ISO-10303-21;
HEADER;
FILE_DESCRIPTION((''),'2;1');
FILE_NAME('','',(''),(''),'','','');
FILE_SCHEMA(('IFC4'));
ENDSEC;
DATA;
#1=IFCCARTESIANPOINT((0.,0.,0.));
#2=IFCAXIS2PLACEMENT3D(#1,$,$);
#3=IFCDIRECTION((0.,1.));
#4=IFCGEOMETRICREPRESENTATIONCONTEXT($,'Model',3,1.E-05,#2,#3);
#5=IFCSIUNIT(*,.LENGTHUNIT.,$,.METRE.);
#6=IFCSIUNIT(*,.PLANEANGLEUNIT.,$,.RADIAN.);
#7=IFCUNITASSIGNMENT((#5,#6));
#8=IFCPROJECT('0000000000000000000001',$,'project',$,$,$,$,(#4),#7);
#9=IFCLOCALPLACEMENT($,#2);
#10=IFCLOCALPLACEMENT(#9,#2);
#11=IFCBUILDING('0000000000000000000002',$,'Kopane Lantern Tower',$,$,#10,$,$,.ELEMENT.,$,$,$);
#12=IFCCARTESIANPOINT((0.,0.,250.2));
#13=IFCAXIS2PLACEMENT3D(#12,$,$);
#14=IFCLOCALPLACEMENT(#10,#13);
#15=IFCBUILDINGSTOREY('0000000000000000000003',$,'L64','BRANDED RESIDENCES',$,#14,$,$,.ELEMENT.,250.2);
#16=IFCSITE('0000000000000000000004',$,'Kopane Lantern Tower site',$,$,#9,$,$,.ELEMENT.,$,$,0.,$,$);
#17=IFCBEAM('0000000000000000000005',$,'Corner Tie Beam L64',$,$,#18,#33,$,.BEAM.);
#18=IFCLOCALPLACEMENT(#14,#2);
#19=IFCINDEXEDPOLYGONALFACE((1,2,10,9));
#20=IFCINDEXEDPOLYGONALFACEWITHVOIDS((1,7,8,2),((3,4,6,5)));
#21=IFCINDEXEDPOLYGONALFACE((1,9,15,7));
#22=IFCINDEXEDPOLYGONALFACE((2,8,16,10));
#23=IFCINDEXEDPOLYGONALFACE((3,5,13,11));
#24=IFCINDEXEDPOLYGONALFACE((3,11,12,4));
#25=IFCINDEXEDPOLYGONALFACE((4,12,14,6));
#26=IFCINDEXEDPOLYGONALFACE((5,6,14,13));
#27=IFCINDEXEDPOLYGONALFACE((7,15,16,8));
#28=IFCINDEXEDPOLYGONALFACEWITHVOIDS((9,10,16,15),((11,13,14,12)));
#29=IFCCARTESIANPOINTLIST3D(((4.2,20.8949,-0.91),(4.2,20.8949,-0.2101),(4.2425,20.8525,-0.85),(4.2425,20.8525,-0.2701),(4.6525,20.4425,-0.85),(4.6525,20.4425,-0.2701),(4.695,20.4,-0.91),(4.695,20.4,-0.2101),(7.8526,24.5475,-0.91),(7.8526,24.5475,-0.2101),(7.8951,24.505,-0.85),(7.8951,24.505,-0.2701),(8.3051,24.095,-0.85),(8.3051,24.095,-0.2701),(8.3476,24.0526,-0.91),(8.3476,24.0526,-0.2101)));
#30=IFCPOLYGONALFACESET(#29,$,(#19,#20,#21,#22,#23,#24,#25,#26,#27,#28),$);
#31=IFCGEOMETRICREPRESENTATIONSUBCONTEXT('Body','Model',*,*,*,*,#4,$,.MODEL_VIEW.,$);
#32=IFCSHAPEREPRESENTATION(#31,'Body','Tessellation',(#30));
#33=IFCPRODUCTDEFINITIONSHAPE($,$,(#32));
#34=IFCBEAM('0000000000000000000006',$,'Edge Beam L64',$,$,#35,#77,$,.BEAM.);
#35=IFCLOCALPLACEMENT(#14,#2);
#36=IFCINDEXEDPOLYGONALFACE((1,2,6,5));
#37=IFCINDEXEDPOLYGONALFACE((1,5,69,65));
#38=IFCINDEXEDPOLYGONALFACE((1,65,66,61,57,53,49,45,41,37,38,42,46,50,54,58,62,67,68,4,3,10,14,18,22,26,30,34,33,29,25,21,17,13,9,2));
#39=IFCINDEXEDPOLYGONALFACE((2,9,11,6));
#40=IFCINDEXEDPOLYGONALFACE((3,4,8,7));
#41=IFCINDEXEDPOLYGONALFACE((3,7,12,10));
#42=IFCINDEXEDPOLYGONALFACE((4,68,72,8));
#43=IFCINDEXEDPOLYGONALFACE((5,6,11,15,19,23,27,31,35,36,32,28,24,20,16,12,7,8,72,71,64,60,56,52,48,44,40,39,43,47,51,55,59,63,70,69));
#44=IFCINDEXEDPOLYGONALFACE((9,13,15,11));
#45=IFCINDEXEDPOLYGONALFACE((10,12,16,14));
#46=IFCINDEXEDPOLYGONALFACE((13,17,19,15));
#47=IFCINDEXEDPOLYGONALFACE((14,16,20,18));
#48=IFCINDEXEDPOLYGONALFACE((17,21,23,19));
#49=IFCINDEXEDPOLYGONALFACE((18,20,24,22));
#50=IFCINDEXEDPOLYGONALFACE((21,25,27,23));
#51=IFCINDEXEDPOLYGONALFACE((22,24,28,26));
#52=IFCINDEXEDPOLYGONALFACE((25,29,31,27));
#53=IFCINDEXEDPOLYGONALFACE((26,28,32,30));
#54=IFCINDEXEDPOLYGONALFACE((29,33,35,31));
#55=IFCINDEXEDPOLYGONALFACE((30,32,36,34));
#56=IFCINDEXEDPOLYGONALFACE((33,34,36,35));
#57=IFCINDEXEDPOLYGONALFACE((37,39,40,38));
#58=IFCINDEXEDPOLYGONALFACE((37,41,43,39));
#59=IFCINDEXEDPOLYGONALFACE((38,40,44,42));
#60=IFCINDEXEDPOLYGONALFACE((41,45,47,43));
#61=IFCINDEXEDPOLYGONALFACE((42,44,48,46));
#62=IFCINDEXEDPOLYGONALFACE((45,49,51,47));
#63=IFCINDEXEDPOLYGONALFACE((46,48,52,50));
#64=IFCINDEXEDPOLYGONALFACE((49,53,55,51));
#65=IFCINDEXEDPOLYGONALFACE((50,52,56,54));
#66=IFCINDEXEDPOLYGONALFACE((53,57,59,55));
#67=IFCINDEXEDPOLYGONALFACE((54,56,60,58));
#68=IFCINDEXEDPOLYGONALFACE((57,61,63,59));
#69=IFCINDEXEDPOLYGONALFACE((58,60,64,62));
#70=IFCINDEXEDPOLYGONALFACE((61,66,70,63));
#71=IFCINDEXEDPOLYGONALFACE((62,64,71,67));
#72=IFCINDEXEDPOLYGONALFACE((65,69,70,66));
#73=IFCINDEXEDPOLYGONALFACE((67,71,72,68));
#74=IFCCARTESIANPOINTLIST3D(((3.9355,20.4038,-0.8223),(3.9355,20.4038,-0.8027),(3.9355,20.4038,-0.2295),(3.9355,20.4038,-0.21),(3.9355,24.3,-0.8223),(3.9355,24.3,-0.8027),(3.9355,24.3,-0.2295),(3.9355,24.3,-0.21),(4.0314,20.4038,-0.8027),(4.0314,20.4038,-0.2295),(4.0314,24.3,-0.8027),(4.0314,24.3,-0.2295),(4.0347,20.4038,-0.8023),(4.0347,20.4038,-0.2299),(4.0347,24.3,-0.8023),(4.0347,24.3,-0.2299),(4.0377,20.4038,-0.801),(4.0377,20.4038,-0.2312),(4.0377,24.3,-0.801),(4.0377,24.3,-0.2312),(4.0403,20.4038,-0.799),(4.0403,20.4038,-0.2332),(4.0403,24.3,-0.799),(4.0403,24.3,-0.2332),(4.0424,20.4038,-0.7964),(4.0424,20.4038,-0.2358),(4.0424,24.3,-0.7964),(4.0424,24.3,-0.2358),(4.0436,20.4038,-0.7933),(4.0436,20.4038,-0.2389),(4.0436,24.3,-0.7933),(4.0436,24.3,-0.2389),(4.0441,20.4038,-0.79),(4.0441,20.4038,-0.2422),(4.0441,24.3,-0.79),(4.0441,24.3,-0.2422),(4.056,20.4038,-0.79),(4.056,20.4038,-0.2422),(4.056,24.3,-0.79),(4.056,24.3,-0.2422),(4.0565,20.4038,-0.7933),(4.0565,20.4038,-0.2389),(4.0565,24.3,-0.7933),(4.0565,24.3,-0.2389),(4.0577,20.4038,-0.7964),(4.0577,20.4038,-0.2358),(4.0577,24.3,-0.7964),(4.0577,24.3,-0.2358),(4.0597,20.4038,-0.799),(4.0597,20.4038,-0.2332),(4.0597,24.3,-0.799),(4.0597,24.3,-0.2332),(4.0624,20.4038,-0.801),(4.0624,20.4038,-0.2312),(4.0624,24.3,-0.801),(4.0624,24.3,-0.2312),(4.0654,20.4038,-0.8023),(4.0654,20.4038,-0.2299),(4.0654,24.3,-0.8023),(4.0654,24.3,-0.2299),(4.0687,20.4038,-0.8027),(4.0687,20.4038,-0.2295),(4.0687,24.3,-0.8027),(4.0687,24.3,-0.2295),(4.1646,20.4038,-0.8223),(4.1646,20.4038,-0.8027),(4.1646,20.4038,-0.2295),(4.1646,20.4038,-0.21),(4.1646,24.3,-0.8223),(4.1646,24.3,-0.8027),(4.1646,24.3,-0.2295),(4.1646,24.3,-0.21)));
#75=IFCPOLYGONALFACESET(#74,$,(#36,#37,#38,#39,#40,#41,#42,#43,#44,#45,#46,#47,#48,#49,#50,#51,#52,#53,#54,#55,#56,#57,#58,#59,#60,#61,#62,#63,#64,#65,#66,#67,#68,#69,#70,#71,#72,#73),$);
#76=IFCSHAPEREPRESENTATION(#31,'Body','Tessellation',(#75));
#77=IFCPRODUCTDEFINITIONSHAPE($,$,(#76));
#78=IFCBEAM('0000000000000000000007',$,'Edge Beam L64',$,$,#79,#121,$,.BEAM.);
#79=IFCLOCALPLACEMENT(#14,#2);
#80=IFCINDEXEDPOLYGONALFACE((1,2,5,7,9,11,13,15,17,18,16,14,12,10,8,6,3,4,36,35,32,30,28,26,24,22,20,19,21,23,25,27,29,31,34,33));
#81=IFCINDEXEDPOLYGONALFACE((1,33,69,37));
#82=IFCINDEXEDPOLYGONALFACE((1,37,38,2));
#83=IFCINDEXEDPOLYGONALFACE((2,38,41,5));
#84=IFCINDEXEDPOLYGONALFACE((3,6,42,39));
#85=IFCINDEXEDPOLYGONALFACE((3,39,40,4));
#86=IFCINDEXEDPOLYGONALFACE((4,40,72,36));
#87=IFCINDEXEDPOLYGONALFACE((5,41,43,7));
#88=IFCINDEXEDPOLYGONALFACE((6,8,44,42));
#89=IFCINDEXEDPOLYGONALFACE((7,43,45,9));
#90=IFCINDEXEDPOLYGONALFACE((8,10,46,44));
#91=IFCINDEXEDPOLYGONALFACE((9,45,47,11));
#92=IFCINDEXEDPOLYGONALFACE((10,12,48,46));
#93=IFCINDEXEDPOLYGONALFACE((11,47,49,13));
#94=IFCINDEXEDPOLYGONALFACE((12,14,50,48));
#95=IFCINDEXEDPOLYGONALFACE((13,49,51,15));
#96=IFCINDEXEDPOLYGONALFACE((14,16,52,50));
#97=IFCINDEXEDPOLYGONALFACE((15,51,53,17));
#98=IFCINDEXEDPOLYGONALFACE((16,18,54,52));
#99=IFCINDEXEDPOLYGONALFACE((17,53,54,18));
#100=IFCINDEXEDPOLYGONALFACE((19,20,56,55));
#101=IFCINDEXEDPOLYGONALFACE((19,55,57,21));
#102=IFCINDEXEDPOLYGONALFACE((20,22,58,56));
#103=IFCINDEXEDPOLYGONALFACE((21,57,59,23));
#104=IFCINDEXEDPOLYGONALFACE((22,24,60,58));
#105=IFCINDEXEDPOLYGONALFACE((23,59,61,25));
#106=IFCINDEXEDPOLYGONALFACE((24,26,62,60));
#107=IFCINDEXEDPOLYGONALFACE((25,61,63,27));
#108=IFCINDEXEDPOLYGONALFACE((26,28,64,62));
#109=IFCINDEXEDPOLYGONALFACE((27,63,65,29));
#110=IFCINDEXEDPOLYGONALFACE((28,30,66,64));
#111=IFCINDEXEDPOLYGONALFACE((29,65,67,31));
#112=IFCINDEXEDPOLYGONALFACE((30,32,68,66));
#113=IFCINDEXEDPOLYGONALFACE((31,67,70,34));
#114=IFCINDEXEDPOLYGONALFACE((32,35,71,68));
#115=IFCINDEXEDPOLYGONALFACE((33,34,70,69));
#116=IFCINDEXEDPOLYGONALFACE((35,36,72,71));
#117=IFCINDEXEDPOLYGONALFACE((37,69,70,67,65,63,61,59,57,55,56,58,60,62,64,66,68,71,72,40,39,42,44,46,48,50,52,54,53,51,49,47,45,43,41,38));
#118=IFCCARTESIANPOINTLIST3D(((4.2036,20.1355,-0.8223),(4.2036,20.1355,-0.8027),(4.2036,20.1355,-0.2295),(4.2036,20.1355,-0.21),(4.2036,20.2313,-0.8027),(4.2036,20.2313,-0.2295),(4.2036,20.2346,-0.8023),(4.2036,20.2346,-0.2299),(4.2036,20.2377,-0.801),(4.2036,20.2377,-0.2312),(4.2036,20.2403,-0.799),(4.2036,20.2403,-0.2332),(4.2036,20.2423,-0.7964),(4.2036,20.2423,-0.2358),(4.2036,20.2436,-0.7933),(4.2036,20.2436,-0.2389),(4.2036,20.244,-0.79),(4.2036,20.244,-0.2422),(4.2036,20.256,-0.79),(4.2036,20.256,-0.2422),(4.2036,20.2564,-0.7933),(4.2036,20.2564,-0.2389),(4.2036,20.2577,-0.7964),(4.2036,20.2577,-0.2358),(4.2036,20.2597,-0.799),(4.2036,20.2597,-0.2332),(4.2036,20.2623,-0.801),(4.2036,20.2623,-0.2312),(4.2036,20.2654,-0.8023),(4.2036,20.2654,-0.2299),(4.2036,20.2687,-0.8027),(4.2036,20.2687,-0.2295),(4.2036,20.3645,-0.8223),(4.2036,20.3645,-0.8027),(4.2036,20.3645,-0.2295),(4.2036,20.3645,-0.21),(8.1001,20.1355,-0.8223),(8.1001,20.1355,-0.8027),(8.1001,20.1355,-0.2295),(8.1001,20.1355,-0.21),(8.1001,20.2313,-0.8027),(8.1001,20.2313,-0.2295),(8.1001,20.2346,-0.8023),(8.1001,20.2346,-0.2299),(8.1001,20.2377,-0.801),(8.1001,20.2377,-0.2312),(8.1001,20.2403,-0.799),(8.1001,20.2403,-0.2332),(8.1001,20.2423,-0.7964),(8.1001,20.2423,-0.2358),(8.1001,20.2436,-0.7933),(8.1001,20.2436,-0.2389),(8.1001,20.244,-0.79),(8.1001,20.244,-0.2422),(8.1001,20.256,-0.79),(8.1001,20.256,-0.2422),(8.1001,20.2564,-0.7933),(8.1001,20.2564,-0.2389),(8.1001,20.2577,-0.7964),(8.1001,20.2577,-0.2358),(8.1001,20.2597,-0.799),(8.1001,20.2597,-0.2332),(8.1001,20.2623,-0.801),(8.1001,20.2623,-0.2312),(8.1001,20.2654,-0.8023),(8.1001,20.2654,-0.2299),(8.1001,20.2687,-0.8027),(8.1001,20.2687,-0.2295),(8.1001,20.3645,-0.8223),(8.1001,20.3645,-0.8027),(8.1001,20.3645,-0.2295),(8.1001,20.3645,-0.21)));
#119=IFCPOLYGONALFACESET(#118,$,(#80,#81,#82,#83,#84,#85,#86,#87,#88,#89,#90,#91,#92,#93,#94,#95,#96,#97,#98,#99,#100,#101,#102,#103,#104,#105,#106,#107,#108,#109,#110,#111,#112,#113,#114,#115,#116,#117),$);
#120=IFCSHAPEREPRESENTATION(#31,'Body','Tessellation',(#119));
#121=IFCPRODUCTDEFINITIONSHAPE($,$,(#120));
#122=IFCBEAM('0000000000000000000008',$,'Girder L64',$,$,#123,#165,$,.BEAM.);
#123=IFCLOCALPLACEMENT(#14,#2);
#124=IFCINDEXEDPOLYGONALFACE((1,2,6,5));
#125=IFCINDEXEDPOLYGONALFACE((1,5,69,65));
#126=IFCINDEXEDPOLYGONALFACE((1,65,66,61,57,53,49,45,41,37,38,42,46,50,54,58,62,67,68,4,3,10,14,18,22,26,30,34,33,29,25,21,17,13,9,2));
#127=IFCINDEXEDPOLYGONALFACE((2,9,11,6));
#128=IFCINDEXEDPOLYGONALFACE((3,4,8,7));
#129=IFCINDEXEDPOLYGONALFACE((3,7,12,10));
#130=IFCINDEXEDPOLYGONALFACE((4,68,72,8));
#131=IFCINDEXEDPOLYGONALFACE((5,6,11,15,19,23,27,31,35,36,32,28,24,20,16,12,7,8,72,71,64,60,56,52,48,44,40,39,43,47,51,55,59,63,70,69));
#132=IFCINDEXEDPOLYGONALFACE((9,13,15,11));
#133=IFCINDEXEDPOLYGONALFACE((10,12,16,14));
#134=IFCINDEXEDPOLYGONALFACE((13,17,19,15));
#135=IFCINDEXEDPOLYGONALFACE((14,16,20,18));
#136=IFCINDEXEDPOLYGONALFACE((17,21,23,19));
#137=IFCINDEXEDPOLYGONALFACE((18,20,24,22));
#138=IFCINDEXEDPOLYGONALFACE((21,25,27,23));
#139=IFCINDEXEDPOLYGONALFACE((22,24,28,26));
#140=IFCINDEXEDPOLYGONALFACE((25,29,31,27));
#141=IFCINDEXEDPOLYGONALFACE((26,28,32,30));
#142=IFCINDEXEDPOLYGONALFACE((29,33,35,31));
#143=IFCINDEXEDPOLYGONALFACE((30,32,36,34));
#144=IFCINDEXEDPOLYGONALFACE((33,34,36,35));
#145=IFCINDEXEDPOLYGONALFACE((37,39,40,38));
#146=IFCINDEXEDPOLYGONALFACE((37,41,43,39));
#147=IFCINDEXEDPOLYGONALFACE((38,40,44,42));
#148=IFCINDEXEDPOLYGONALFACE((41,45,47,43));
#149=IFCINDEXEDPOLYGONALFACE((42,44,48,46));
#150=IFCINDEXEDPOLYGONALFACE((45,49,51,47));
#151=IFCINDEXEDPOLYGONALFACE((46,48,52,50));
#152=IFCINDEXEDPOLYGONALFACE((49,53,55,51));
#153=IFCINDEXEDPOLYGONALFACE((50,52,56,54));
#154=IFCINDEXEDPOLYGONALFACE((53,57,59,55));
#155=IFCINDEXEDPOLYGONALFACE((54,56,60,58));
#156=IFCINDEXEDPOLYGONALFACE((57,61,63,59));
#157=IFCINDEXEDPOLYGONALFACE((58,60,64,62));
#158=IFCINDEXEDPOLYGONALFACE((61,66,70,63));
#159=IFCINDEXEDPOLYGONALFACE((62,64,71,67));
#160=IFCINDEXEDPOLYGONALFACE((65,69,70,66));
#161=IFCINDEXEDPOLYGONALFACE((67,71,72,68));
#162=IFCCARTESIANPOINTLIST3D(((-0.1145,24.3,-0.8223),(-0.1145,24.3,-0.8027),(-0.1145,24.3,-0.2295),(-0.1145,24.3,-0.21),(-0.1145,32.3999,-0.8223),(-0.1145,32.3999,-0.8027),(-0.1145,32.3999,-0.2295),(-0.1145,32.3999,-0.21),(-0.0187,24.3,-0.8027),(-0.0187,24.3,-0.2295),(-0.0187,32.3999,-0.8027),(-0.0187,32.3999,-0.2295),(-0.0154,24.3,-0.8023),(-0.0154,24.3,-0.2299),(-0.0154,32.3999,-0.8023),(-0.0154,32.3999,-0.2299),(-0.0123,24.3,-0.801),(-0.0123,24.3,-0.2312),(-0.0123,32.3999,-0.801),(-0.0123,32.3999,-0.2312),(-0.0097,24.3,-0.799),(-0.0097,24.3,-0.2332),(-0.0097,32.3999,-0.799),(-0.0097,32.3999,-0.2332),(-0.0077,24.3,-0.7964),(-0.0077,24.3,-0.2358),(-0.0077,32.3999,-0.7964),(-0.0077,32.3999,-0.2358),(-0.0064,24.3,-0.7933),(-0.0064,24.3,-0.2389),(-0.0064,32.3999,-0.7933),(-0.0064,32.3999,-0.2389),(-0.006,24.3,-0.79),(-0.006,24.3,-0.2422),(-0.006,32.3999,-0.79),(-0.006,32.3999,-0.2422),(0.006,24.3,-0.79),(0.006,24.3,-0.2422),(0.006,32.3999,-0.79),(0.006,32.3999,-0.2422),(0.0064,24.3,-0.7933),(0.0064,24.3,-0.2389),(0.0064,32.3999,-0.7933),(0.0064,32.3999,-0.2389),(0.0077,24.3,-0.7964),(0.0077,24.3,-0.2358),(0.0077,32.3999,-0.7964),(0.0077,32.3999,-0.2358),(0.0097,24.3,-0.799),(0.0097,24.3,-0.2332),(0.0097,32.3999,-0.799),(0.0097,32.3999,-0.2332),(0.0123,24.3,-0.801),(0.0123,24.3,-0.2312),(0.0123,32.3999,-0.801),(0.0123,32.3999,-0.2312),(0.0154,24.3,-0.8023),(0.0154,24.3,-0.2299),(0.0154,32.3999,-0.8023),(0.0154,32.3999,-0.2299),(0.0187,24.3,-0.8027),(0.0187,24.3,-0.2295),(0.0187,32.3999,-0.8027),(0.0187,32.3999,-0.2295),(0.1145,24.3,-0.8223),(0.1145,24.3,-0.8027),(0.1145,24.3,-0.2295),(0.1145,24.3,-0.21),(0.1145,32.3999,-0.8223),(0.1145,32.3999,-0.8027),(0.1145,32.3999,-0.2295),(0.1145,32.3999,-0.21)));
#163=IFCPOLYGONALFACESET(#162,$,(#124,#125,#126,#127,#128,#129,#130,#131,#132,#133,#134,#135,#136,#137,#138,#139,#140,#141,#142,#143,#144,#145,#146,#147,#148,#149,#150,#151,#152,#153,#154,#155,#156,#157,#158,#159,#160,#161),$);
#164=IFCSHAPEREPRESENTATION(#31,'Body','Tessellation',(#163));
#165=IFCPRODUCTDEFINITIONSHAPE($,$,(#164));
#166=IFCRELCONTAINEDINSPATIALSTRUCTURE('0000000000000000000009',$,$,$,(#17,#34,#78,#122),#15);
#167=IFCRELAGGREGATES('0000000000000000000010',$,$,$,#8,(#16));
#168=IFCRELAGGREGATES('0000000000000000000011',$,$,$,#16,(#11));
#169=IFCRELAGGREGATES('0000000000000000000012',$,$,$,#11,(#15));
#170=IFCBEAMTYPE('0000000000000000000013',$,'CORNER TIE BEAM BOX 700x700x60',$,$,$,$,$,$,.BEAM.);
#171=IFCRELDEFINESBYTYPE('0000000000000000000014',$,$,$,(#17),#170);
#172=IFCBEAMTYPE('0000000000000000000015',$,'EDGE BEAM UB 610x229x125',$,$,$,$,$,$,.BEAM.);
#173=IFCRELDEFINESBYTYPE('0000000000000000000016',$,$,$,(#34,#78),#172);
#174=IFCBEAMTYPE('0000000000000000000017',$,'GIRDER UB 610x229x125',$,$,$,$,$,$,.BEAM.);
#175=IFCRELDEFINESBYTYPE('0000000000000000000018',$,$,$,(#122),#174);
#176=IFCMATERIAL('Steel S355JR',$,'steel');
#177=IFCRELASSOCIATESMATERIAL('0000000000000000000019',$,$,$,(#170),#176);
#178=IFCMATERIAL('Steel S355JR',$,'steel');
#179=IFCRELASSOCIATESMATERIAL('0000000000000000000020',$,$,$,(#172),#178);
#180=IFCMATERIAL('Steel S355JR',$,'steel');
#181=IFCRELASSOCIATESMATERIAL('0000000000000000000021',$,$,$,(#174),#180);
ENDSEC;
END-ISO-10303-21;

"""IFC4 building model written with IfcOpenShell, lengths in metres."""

from ifc_helpers import new_model, si_unit, direction, frame, origin, origin_2d, place, context, subcontext, project, spatial, hollow_rectangle, i_section, extrude, material, material_profile, profile_set, type_object, element, save


model = new_model("IFC4")

# Units and contexts
model_context = context("Model", 3, precision=1e-05, world=origin(), true_north=direction((0.0, 1.0)))
body_context = subcontext(model_context, "Body", "Model", "MODEL_VIEW")
ifc_project = project(units=[si_unit("LENGTHUNIT", "METRE"), si_unit("PLANEANGLEUNIT", "RADIAN")], contexts=[model_context])

# Site, building, storey
site_placement = place(None, origin())
site = spatial("IfcSite", under=ifc_project, at=site_placement, Name="Kopane Lantern Tower site", CompositionType="ELEMENT", RefElevation=0.0)
building_placement = place(site_placement, origin())
building = spatial("IfcBuilding", under=site, at=building_placement, Name="Kopane Lantern Tower", CompositionType="ELEMENT")
storey_placement = place(building_placement, frame((0.0, 0.0, 250.2)))
storey = spatial("IfcBuildingStorey", under=building, at=storey_placement, Name="L64", Description="BRANDED RESIDENCES", CompositionType="ELEMENT", Elevation=250.2)

# Beams
ifc_material_1 = material(Name="Steel S355JR", Category="steel")
ifc_material_profile_1 = material_profile(ifc_material_1, hollow_rectangle(XDim=0.7, YDim=0.7, WallThickness=0.0601, at=origin_2d()), Name="BOX 700x700x60")
ifc_profile_set_1 = profile_set([ifc_material_profile_1], Name="Steel S355JR")
beam_type_1 = type_object("IfcBeamType", Name="CORNER TIE BEAM BOX 700x700x60", PredefinedType="BEAM", material=ifc_profile_set_1)
beam_1_placement = place(storey_placement, frame((4.4475, 20.6475, -0.5601), z_axis=(0.707107, 0.707107, 0.0), x_axis=(-0.707107, 0.707107, 0.0)))
element("IfcBeam", 1, at=beam_1_placement, inside=storey, type_object=beam_type_1, Name="Corner Tie Beam L64", PredefinedType="BEAM", context=body_context, shape_type="SweptSolid", body=[
    extrude(hollow_rectangle(XDim=0.7, YDim=0.7, WallThickness=0.0601, at=origin_2d()), origin(), (0.0, 0.0, 1.0), 5.1655),
])
ifc_material_2 = material(Name="Steel S355JR", Category="steel")
ifc_material_profile_2 = material_profile(ifc_material_2, i_section(OverallWidth=0.229, OverallDepth=0.6123, WebThickness=0.012, FlangeThickness=0.0195, FilletRadius=0.0127, at=origin_2d()), Name="UB 610x229x125")
ifc_profile_set_2 = profile_set([ifc_material_profile_2], Name="Steel S355JR")
beam_type_2 = type_object("IfcBeamType", Name="EDGE BEAM UB 610x229x125", PredefinedType="BEAM", material=ifc_profile_set_2)
beam_2_placement = place(storey_placement, frame((4.05, 20.4038, -0.5161), z_axis=(0.0, 1.0, 0.0), x_axis=(-1.0, 0.0, 0.0)))
element("IfcBeam", 2, at=beam_2_placement, inside=storey, type_object=beam_type_2, Name="Edge Beam L64", PredefinedType="BEAM", context=body_context, shape_type="SweptSolid", body=[
    extrude(i_section(OverallWidth=0.229, OverallDepth=0.6123, WebThickness=0.012, FlangeThickness=0.0195, FilletRadius=0.0127, at=origin_2d()), origin(), (0.0, 0.0, 1.0), 3.8962),
])
beam_3_placement = place(storey_placement, frame((4.2036, 20.25, -0.5161), z_axis=(1.0, 0.0, 0.0), x_axis=(0.0, 1.0, 0.0)))
element("IfcBeam", 3, at=beam_3_placement, inside=storey, type_object=beam_type_2, Name="Edge Beam L64", PredefinedType="BEAM", context=body_context, shape_type="SweptSolid", body=[
    extrude(i_section(OverallWidth=0.229, OverallDepth=0.6123, WebThickness=0.012, FlangeThickness=0.0195, FilletRadius=0.0127, at=origin_2d()), origin(), (0.0, 0.0, 1.0), 3.8965),
])
ifc_material_3 = material(Name="Steel S355JR", Category="steel")
ifc_material_profile_3 = material_profile(ifc_material_3, i_section(OverallWidth=0.229, OverallDepth=0.6123, WebThickness=0.012, FlangeThickness=0.0195, FilletRadius=0.0127, at=origin_2d()), Name="UB 610x229x125")
ifc_profile_set_3 = profile_set([ifc_material_profile_3], Name="Steel S355JR")
beam_type_3 = type_object("IfcBeamType", Name="GIRDER UB 610x229x125", PredefinedType="BEAM", material=ifc_profile_set_3)
beam_4_placement = place(storey_placement, frame((0.0, 24.3, -0.5161), z_axis=(0.0, 1.0, 0.0), x_axis=(-1.0, 0.0, 0.0)))
element("IfcBeam", 4, at=beam_4_placement, inside=storey, type_object=beam_type_3, Name="Girder L64", PredefinedType="BEAM", context=body_context, shape_type="SweptSolid", body=[
    extrude(i_section(OverallWidth=0.229, OverallDepth=0.6123, WebThickness=0.012, FlangeThickness=0.0195, FilletRadius=0.0127, at=origin_2d()), origin(), (0.0, 0.0, 1.0), 8.0999),
])

save(model, "model.ifc")
